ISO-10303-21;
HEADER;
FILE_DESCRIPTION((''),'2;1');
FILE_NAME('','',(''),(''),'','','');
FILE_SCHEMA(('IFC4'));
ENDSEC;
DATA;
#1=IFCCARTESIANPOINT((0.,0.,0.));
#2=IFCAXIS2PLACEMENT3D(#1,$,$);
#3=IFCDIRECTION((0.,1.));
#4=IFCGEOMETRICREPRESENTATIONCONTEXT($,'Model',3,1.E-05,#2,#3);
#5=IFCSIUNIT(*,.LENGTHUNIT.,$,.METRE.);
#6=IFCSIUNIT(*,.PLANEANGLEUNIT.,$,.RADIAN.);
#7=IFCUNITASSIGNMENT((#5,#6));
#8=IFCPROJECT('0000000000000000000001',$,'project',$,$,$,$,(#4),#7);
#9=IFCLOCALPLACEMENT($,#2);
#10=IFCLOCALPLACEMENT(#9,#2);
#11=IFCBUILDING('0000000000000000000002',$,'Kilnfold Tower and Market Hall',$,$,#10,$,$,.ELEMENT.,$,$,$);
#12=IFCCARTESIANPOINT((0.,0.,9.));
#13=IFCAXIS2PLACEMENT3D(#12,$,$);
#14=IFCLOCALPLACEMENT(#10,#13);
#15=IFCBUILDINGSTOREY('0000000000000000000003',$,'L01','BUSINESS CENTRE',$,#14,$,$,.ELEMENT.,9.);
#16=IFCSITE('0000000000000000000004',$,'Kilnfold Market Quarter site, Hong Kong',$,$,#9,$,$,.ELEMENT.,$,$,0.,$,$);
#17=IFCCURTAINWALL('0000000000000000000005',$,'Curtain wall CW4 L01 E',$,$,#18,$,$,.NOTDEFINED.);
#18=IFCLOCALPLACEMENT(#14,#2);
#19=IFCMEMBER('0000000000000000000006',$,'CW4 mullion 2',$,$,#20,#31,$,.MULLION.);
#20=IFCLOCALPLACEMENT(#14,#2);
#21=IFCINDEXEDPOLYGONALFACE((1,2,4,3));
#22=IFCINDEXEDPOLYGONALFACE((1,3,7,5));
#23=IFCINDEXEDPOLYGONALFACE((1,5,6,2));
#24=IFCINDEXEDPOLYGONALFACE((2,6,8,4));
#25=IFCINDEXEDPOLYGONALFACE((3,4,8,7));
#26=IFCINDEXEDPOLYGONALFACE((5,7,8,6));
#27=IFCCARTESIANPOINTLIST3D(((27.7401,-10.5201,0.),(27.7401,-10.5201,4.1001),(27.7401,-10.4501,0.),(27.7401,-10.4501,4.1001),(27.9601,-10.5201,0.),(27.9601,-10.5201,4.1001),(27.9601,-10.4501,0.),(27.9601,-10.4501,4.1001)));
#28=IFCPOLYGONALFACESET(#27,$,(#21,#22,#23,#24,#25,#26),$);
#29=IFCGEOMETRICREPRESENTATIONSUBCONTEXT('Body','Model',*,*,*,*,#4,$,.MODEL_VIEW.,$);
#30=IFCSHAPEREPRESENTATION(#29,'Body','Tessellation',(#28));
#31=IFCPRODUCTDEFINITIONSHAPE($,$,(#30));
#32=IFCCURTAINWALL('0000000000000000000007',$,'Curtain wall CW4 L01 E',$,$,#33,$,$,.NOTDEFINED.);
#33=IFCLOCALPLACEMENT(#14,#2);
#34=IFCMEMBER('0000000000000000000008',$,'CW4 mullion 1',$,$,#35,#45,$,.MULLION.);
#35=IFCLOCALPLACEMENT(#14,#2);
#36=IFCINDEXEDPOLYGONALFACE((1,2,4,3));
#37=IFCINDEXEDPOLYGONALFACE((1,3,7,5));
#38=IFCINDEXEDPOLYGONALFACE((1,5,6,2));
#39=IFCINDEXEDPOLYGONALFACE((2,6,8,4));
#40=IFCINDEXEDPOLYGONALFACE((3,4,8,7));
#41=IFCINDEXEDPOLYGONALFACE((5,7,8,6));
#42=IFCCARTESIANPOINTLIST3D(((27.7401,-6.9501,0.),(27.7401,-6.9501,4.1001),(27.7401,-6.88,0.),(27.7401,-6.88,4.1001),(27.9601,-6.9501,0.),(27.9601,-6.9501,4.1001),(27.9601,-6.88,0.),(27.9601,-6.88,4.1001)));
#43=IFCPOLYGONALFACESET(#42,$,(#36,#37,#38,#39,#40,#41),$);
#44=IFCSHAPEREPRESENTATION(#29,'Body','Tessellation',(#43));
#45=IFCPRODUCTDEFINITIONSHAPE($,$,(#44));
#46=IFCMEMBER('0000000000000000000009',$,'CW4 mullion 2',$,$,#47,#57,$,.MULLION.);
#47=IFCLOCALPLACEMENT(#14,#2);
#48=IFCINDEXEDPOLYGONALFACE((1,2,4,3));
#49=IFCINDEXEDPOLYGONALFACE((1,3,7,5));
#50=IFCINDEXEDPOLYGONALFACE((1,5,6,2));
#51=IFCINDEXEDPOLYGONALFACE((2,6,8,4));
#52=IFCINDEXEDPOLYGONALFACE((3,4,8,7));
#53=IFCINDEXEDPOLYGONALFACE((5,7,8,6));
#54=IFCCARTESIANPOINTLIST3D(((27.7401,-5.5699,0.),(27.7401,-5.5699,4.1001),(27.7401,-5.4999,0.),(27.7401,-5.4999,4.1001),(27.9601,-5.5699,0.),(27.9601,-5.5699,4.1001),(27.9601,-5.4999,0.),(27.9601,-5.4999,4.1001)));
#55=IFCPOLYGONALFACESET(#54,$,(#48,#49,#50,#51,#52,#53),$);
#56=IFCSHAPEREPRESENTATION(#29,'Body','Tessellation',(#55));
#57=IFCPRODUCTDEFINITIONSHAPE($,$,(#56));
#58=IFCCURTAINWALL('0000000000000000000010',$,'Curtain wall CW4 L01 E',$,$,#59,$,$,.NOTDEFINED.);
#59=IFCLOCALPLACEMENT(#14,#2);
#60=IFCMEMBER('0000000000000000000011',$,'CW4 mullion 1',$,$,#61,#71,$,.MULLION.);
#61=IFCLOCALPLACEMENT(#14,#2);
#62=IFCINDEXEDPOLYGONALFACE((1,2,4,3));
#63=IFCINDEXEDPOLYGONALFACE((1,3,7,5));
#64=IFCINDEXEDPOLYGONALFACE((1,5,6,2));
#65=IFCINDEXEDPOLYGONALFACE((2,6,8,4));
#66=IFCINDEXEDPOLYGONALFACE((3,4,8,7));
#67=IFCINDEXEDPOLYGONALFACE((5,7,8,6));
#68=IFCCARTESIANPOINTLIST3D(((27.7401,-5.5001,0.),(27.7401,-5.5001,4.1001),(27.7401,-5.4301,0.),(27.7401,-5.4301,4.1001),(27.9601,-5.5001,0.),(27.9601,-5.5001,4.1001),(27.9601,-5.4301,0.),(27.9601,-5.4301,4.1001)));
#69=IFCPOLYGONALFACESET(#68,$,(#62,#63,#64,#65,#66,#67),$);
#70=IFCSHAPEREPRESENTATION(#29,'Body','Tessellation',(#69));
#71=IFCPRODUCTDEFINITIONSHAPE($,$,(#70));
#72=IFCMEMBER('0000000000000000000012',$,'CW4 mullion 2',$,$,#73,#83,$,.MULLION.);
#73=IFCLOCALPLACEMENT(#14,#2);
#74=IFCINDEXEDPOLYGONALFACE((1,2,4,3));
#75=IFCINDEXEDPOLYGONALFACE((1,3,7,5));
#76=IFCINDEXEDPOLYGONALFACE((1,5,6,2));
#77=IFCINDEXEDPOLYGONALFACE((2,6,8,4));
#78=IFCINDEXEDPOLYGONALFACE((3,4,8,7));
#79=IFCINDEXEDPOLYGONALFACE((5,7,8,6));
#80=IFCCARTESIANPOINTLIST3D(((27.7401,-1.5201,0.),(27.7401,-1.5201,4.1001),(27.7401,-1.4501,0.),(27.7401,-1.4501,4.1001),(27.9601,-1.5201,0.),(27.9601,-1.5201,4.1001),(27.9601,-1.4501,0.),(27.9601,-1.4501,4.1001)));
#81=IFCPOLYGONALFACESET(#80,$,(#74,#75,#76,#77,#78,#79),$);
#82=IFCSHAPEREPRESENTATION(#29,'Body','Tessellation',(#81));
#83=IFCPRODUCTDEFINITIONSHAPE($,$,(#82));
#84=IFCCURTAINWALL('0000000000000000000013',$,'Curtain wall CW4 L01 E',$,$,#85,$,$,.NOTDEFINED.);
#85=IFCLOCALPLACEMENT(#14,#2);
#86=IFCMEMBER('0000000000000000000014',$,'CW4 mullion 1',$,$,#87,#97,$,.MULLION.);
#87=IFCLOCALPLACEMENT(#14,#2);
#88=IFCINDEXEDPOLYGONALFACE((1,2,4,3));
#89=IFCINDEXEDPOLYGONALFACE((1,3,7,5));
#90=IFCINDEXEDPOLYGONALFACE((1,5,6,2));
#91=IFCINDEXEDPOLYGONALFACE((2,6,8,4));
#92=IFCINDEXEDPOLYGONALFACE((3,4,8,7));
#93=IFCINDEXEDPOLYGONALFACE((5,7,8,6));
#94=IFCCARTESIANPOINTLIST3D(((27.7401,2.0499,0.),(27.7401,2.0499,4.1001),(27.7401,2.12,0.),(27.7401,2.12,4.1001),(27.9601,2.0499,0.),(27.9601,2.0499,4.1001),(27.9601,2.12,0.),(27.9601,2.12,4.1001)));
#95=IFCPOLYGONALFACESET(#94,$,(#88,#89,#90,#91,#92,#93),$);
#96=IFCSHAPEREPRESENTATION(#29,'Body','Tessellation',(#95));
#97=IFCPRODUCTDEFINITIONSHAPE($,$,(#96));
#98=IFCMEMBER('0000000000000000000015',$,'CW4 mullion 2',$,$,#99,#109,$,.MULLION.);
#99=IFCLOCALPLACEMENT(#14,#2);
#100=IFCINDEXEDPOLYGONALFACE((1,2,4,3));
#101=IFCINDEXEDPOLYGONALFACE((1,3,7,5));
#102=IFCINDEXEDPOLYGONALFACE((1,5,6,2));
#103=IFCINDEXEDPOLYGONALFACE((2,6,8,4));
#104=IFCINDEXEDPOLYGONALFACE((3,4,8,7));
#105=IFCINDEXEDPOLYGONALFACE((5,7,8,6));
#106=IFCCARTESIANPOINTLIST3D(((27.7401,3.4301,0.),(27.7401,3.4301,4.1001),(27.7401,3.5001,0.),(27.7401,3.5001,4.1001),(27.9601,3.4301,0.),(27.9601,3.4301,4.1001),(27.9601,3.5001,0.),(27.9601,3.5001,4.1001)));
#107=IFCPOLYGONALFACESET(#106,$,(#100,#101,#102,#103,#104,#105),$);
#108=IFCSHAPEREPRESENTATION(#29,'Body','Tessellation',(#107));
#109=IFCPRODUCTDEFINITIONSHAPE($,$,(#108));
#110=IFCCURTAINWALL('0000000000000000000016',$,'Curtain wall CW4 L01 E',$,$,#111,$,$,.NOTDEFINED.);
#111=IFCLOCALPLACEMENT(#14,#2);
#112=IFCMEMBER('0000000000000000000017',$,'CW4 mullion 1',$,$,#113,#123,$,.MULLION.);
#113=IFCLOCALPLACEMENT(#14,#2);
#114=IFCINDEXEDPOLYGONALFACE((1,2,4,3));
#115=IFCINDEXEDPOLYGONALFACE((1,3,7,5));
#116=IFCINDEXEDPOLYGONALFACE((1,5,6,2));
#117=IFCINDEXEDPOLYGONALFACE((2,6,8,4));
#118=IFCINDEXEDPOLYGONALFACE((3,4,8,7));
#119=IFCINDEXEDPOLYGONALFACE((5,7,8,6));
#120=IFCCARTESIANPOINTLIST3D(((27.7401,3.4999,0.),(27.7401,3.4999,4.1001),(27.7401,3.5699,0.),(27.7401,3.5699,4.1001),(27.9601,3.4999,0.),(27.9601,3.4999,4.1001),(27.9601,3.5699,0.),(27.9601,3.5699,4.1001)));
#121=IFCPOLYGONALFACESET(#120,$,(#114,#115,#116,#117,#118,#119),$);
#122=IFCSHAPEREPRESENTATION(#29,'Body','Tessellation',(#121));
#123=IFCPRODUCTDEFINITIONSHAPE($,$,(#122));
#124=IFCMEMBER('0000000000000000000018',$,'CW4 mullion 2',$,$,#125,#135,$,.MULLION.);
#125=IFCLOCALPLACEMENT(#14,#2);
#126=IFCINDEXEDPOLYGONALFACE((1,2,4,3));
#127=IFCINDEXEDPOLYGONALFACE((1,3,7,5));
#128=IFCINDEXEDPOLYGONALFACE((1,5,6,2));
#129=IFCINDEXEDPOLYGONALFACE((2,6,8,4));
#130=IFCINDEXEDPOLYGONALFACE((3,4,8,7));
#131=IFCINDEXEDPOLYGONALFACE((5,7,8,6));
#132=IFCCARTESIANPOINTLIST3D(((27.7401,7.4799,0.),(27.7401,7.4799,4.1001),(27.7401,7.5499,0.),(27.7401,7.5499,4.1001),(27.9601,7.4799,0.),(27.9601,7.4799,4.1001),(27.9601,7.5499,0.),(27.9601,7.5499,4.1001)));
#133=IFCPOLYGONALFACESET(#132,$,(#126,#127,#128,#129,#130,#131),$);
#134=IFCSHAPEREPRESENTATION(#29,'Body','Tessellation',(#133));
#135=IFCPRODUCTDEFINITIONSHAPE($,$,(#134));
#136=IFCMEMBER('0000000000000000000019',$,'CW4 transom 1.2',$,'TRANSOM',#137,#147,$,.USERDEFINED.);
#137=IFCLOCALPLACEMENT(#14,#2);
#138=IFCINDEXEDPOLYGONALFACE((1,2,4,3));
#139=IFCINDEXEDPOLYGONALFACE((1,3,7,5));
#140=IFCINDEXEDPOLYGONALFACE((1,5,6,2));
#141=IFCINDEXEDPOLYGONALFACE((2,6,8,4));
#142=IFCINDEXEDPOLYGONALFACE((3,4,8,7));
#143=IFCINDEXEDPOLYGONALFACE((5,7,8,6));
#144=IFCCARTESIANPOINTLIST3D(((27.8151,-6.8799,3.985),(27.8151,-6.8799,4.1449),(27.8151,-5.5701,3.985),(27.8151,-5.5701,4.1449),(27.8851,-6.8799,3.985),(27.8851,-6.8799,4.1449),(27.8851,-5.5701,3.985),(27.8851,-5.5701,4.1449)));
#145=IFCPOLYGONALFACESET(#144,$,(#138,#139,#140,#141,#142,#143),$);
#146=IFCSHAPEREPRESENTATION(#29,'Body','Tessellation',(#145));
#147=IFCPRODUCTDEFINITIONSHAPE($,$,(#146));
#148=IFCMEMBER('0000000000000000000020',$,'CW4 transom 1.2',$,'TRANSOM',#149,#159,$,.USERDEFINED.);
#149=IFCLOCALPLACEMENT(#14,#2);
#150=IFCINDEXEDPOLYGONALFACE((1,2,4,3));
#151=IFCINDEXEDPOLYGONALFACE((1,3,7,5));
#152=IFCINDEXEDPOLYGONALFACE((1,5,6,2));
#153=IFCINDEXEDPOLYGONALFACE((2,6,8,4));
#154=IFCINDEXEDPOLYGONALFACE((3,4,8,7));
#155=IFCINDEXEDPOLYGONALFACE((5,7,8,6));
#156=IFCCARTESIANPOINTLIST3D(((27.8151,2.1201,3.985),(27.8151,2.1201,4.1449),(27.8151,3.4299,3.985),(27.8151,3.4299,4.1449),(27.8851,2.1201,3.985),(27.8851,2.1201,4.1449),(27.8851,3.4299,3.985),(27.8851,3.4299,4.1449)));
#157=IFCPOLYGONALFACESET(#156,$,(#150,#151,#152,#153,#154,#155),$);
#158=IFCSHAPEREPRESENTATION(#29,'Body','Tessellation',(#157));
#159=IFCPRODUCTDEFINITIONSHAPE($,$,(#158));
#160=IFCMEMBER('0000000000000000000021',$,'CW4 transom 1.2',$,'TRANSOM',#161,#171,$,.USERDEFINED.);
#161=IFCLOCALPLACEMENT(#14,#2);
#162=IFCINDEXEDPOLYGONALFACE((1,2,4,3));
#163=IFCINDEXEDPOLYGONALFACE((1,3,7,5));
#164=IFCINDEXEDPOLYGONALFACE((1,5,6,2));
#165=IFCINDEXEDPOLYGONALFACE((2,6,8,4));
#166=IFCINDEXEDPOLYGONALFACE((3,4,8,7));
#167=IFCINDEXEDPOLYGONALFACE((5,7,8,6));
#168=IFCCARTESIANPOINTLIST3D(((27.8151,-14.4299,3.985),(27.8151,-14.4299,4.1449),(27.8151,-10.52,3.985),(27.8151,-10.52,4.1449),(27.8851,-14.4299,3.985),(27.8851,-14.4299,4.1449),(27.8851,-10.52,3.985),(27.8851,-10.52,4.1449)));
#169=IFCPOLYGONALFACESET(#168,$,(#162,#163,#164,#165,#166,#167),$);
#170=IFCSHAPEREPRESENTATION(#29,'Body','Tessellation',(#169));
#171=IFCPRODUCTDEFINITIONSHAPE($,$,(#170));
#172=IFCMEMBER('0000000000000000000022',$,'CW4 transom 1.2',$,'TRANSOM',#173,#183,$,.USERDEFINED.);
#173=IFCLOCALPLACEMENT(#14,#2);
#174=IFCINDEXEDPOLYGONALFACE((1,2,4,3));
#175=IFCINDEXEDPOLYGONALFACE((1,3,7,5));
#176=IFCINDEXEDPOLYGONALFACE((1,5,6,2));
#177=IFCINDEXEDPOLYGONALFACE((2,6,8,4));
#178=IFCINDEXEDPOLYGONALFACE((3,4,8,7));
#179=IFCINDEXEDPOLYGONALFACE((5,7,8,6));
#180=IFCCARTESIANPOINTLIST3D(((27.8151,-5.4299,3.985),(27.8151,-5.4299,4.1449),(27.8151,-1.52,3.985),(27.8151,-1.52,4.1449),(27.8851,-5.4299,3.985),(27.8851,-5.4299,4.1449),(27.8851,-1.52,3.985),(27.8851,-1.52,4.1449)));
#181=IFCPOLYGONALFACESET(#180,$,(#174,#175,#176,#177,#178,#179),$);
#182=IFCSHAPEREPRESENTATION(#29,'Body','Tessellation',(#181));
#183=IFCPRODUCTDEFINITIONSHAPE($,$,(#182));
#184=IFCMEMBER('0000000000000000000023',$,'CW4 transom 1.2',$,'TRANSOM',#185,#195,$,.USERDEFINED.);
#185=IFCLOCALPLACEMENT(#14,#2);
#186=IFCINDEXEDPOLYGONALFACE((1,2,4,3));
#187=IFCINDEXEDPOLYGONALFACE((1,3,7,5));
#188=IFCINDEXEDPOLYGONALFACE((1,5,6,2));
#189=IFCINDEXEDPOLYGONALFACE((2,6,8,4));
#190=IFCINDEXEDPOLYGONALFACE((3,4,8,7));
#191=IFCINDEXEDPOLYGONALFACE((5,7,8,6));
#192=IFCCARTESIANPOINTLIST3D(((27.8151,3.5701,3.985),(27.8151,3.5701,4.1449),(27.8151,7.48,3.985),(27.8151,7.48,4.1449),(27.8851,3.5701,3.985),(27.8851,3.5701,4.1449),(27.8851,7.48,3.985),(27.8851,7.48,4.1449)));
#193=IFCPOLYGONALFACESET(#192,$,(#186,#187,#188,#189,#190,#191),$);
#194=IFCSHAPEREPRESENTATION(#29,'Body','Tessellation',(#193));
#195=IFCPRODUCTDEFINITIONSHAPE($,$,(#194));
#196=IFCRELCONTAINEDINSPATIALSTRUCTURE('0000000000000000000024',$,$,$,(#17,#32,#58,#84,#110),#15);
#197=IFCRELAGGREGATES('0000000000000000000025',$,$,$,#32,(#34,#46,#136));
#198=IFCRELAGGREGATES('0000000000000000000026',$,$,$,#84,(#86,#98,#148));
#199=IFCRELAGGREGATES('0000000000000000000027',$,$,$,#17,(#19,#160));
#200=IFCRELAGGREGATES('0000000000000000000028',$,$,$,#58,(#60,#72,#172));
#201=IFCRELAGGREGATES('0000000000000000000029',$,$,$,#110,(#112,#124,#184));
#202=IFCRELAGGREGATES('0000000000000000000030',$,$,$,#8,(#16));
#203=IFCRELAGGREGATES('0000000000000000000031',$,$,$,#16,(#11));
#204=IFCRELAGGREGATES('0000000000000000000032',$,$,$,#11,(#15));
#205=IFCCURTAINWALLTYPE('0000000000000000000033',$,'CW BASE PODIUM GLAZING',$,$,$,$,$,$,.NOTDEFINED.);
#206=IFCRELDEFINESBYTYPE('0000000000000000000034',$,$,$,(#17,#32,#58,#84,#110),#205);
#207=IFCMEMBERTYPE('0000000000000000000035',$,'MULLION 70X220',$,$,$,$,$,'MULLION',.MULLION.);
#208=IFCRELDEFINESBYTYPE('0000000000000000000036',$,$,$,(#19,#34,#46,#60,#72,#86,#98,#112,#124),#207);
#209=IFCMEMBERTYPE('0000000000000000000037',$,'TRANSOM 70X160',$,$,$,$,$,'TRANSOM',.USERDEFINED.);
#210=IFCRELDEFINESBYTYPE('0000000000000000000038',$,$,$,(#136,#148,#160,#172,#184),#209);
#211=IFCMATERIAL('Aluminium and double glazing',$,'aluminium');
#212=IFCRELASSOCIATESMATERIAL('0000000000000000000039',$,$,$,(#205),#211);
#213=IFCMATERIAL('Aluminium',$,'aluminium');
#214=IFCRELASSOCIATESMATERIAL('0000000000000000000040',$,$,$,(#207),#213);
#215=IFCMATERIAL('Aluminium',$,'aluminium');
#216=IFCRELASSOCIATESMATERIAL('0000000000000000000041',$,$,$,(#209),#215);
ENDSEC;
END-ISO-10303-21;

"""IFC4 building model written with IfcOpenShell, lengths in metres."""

from ifc_helpers import new_model, si_unit, direction, frame, origin, origin_2d, place, context, subcontext, project, spatial, rectangle, extrude, source, transform, mapped, material, material_profile, profile_set, type_object, element, aggregate, save


model = new_model("IFC4")

# Units and contexts
model_context = context("Model", 3, precision=1e-05, world=origin(), true_north=direction((0.0, 1.0)))
body_context = subcontext(model_context, "Body", "Model", "MODEL_VIEW")
ifc_project = project(units=[si_unit("LENGTHUNIT", "METRE"), si_unit("PLANEANGLEUNIT", "RADIAN")], contexts=[model_context])

# Site, building, storey
site_placement = place(None, origin())
site = spatial("IfcSite", under=ifc_project, at=site_placement, Name="Kilnfold Market Quarter site, Hong Kong", CompositionType="ELEMENT", RefElevation=0.0)
building_placement = place(site_placement, origin())
building = spatial("IfcBuilding", under=site, at=building_placement, Name="Kilnfold Tower and Market Hall", CompositionType="ELEMENT")
storey_placement = place(building_placement, frame((0.0, 0.0, 9.0)))
storey = spatial("IfcBuildingStorey", under=building, at=storey_placement, Name="L01", Description="BUSINESS CENTRE", CompositionType="ELEMENT", Elevation=9.0)

# Curtain wall, member
ifc_material_1 = material(Name="Aluminium and double glazing", Category="aluminium")
curtain_wall_type = type_object("IfcCurtainWallType", Name="CW BASE PODIUM GLAZING", PredefinedType="NOTDEFINED", material=ifc_material_1)
curtain_wall_1_placement = place(storey_placement, origin())
curtain_wall_1 = element("IfcCurtainWall", 1, at=curtain_wall_1_placement, inside=storey, type_object=curtain_wall_type, Name="Curtain wall CW4 L01 E", PredefinedType="NOTDEFINED")
ifc_material_2 = material(Name="Aluminium", Category="aluminium")
ifc_material_profile_1 = material_profile(ifc_material_2, rectangle(XDim=0.0701, YDim=0.22, at=origin_2d()), Name="MULLION 70x220")
ifc_profile_set_1 = profile_set([ifc_material_profile_1], Name="Aluminium")
member_type_1 = type_object("IfcMemberType", Name="MULLION 70X220", ElementType="MULLION", PredefinedType="MULLION", material=ifc_profile_set_1)
shared_shape_1 = source(origin(), body_context, "Body", "SweptSolid", [
    extrude(rectangle(XDim=0.0701, YDim=0.22, at=origin_2d()), origin(), (0.0, 0.0, 1.0), 4.1001),
])
member_1_placement = place(storey_placement, frame((27.8501, -10.4851, 0.0), z_axis=(0.0, 0.0, 1.0), x_axis=(0.0, 1.0, 0.0)))
member_1 = element("IfcMember", 2, at=member_1_placement, type_object=member_type_1, Name="CW4 mullion 2", PredefinedType="MULLION", context=body_context, shape_type="MappedRepresentation", body=[
    mapped(shared_shape_1, transform((0.0, 0.0, 0.0))),
])

# Curtain walls, members
curtain_wall_2_placement = place(storey_placement, origin())
curtain_wall_2 = element("IfcCurtainWall", 3, at=curtain_wall_2_placement, inside=storey, type_object=curtain_wall_type, Name="Curtain wall CW4 L01 E", PredefinedType="NOTDEFINED")
member_2_placement = place(storey_placement, frame((27.8501, -6.915, 0.0), z_axis=(0.0, 0.0, 1.0), x_axis=(0.0, 1.0, 0.0)))
member_2 = element("IfcMember", 4, at=member_2_placement, type_object=member_type_1, Name="CW4 mullion 1", PredefinedType="MULLION", context=body_context, shape_type="MappedRepresentation", body=[
    mapped(shared_shape_1, transform((0.0, 0.0, 0.0))),
])
member_3_placement = place(storey_placement, frame((27.8501, -5.5349, 0.0), z_axis=(0.0, 0.0, 1.0), x_axis=(0.0, 1.0, 0.0)))
member_3 = element("IfcMember", 5, at=member_3_placement, type_object=member_type_1, Name="CW4 mullion 2", PredefinedType="MULLION", context=body_context, shape_type="MappedRepresentation", body=[
    mapped(shared_shape_1, transform((0.0, 0.0, 0.0))),
])
curtain_wall_3_placement = place(storey_placement, origin())
curtain_wall_3 = element("IfcCurtainWall", 6, at=curtain_wall_3_placement, inside=storey, type_object=curtain_wall_type, Name="Curtain wall CW4 L01 E", PredefinedType="NOTDEFINED")
member_4_placement = place(storey_placement, frame((27.8501, -5.4651, 0.0), z_axis=(0.0, 0.0, 1.0), x_axis=(0.0, 1.0, 0.0)))
member_4 = element("IfcMember", 7, at=member_4_placement, type_object=member_type_1, Name="CW4 mullion 1", PredefinedType="MULLION", context=body_context, shape_type="MappedRepresentation", body=[
    mapped(shared_shape_1, transform((0.0, 0.0, 0.0))),
])
member_5_placement = place(storey_placement, frame((27.8501, -1.4851, 0.0), z_axis=(0.0, 0.0, 1.0), x_axis=(0.0, 1.0, 0.0)))
member_5 = element("IfcMember", 8, at=member_5_placement, type_object=member_type_1, Name="CW4 mullion 2", PredefinedType="MULLION", context=body_context, shape_type="MappedRepresentation", body=[
    mapped(shared_shape_1, transform((0.0, 0.0, 0.0))),
])
curtain_wall_4_placement = place(storey_placement, origin())
curtain_wall_4 = element("IfcCurtainWall", 9, at=curtain_wall_4_placement, inside=storey, type_object=curtain_wall_type, Name="Curtain wall CW4 L01 E", PredefinedType="NOTDEFINED")
member_6_placement = place(storey_placement, frame((27.8501, 2.085, 0.0), z_axis=(0.0, 0.0, 1.0), x_axis=(0.0, 1.0, 0.0)))
member_6 = element("IfcMember", 10, at=member_6_placement, type_object=member_type_1, Name="CW4 mullion 1", PredefinedType="MULLION", context=body_context, shape_type="MappedRepresentation", body=[
    mapped(shared_shape_1, transform((0.0, 0.0, 0.0))),
])
member_7_placement = place(storey_placement, frame((27.8501, 3.4651, 0.0), z_axis=(0.0, 0.0, 1.0), x_axis=(0.0, 1.0, 0.0)))
member_7 = element("IfcMember", 11, at=member_7_placement, type_object=member_type_1, Name="CW4 mullion 2", PredefinedType="MULLION", context=body_context, shape_type="MappedRepresentation", body=[
    mapped(shared_shape_1, transform((0.0, 0.0, 0.0))),
])
curtain_wall_5_placement = place(storey_placement, origin())
curtain_wall_5 = element("IfcCurtainWall", 12, at=curtain_wall_5_placement, inside=storey, type_object=curtain_wall_type, Name="Curtain wall CW4 L01 E", PredefinedType="NOTDEFINED")
member_8_placement = place(storey_placement, frame((27.8501, 3.5349, 0.0), z_axis=(0.0, 0.0, 1.0), x_axis=(0.0, 1.0, 0.0)))
member_8 = element("IfcMember", 13, at=member_8_placement, type_object=member_type_1, Name="CW4 mullion 1", PredefinedType="MULLION", context=body_context, shape_type="MappedRepresentation", body=[
    mapped(shared_shape_1, transform((0.0, 0.0, 0.0))),
])
member_9_placement = place(storey_placement, frame((27.8501, 7.5149, 0.0), z_axis=(0.0, 0.0, 1.0), x_axis=(0.0, 1.0, 0.0)))
member_9 = element("IfcMember", 14, at=member_9_placement, type_object=member_type_1, Name="CW4 mullion 2", PredefinedType="MULLION", context=body_context, shape_type="MappedRepresentation", body=[
    mapped(shared_shape_1, transform((0.0, 0.0, 0.0))),
])

# Members
ifc_material_3 = material(Name="Aluminium", Category="aluminium")
ifc_material_profile_2 = material_profile(ifc_material_3, rectangle(XDim=0.0701, YDim=0.1599, at=origin_2d()), Name="TRANSOM 70x160")
ifc_profile_set_2 = profile_set([ifc_material_profile_2], Name="Aluminium")
member_type_2 = type_object("IfcMemberType", Name="TRANSOM 70X160", ElementType="TRANSOM", PredefinedType="USERDEFINED", material=ifc_profile_set_2)
shared_shape_2 = source(origin(), body_context, "Body", "SweptSolid", [
    extrude(rectangle(XDim=0.0701, YDim=0.1599, at=origin_2d()), origin(), (0.0, 0.0, 1.0), 1.3098),
])
member_10_placement = place(storey_placement, frame((27.8501, -6.8799, 4.0649), z_axis=(0.0, 1.0, 0.0), x_axis=(-1.0, 0.0, 0.0)))
member_10 = element("IfcMember", 15, at=member_10_placement, type_object=member_type_2, Name="CW4 transom 1.2", ObjectType="TRANSOM", PredefinedType="USERDEFINED", context=body_context, shape_type="MappedRepresentation", body=[
    mapped(shared_shape_2, transform((0.0, 0.0, 0.0))),
])
member_11_placement = place(storey_placement, frame((27.8501, 2.1201, 4.0649), z_axis=(0.0, 1.0, 0.0), x_axis=(-1.0, 0.0, 0.0)))
member_11 = element("IfcMember", 16, at=member_11_placement, type_object=member_type_2, Name="CW4 transom 1.2", ObjectType="TRANSOM", PredefinedType="USERDEFINED", context=body_context, shape_type="MappedRepresentation", body=[
    mapped(shared_shape_2, transform((0.0, 0.0, 0.0))),
])
shared_shape_3 = source(origin(), body_context, "Body", "SweptSolid", [
    extrude(rectangle(XDim=0.0701, YDim=0.1599, at=origin_2d()), origin(), (0.0, 0.0, 1.0), 3.9099),
])
member_12_placement = place(storey_placement, frame((27.8501, -14.4299, 4.0649), z_axis=(0.0, 1.0, 0.0), x_axis=(-1.0, 0.0, 0.0)))
member_12 = element("IfcMember", 17, at=member_12_placement, type_object=member_type_2, Name="CW4 transom 1.2", ObjectType="TRANSOM", PredefinedType="USERDEFINED", context=body_context, shape_type="MappedRepresentation", body=[
    mapped(shared_shape_3, transform((0.0, 0.0, 0.0))),
])
member_13_placement = place(storey_placement, frame((27.8501, -5.4299, 4.0649), z_axis=(0.0, 1.0, 0.0), x_axis=(-1.0, 0.0, 0.0)))
member_13 = element("IfcMember", 18, at=member_13_placement, type_object=member_type_2, Name="CW4 transom 1.2", ObjectType="TRANSOM", PredefinedType="USERDEFINED", context=body_context, shape_type="MappedRepresentation", body=[
    mapped(shared_shape_3, transform((0.0, 0.0, 0.0))),
])
member_14_placement = place(storey_placement, frame((27.8501, 3.5701, 4.0649), z_axis=(0.0, 1.0, 0.0), x_axis=(-1.0, 0.0, 0.0)))
member_14 = element("IfcMember", 19, at=member_14_placement, type_object=member_type_2, Name="CW4 transom 1.2", ObjectType="TRANSOM", PredefinedType="USERDEFINED", context=body_context, shape_type="MappedRepresentation", body=[
    mapped(shared_shape_3, transform((0.0, 0.0, 0.0))),
])

aggregate(curtain_wall_2, [member_2, member_3, member_10])
aggregate(curtain_wall_4, [member_6, member_7, member_11])
aggregate(curtain_wall_1, [member_1, member_12])
aggregate(curtain_wall_3, [member_4, member_5, member_13])
aggregate(curtain_wall_5, [member_8, member_9, member_14])

save(model, "model.ifc")
